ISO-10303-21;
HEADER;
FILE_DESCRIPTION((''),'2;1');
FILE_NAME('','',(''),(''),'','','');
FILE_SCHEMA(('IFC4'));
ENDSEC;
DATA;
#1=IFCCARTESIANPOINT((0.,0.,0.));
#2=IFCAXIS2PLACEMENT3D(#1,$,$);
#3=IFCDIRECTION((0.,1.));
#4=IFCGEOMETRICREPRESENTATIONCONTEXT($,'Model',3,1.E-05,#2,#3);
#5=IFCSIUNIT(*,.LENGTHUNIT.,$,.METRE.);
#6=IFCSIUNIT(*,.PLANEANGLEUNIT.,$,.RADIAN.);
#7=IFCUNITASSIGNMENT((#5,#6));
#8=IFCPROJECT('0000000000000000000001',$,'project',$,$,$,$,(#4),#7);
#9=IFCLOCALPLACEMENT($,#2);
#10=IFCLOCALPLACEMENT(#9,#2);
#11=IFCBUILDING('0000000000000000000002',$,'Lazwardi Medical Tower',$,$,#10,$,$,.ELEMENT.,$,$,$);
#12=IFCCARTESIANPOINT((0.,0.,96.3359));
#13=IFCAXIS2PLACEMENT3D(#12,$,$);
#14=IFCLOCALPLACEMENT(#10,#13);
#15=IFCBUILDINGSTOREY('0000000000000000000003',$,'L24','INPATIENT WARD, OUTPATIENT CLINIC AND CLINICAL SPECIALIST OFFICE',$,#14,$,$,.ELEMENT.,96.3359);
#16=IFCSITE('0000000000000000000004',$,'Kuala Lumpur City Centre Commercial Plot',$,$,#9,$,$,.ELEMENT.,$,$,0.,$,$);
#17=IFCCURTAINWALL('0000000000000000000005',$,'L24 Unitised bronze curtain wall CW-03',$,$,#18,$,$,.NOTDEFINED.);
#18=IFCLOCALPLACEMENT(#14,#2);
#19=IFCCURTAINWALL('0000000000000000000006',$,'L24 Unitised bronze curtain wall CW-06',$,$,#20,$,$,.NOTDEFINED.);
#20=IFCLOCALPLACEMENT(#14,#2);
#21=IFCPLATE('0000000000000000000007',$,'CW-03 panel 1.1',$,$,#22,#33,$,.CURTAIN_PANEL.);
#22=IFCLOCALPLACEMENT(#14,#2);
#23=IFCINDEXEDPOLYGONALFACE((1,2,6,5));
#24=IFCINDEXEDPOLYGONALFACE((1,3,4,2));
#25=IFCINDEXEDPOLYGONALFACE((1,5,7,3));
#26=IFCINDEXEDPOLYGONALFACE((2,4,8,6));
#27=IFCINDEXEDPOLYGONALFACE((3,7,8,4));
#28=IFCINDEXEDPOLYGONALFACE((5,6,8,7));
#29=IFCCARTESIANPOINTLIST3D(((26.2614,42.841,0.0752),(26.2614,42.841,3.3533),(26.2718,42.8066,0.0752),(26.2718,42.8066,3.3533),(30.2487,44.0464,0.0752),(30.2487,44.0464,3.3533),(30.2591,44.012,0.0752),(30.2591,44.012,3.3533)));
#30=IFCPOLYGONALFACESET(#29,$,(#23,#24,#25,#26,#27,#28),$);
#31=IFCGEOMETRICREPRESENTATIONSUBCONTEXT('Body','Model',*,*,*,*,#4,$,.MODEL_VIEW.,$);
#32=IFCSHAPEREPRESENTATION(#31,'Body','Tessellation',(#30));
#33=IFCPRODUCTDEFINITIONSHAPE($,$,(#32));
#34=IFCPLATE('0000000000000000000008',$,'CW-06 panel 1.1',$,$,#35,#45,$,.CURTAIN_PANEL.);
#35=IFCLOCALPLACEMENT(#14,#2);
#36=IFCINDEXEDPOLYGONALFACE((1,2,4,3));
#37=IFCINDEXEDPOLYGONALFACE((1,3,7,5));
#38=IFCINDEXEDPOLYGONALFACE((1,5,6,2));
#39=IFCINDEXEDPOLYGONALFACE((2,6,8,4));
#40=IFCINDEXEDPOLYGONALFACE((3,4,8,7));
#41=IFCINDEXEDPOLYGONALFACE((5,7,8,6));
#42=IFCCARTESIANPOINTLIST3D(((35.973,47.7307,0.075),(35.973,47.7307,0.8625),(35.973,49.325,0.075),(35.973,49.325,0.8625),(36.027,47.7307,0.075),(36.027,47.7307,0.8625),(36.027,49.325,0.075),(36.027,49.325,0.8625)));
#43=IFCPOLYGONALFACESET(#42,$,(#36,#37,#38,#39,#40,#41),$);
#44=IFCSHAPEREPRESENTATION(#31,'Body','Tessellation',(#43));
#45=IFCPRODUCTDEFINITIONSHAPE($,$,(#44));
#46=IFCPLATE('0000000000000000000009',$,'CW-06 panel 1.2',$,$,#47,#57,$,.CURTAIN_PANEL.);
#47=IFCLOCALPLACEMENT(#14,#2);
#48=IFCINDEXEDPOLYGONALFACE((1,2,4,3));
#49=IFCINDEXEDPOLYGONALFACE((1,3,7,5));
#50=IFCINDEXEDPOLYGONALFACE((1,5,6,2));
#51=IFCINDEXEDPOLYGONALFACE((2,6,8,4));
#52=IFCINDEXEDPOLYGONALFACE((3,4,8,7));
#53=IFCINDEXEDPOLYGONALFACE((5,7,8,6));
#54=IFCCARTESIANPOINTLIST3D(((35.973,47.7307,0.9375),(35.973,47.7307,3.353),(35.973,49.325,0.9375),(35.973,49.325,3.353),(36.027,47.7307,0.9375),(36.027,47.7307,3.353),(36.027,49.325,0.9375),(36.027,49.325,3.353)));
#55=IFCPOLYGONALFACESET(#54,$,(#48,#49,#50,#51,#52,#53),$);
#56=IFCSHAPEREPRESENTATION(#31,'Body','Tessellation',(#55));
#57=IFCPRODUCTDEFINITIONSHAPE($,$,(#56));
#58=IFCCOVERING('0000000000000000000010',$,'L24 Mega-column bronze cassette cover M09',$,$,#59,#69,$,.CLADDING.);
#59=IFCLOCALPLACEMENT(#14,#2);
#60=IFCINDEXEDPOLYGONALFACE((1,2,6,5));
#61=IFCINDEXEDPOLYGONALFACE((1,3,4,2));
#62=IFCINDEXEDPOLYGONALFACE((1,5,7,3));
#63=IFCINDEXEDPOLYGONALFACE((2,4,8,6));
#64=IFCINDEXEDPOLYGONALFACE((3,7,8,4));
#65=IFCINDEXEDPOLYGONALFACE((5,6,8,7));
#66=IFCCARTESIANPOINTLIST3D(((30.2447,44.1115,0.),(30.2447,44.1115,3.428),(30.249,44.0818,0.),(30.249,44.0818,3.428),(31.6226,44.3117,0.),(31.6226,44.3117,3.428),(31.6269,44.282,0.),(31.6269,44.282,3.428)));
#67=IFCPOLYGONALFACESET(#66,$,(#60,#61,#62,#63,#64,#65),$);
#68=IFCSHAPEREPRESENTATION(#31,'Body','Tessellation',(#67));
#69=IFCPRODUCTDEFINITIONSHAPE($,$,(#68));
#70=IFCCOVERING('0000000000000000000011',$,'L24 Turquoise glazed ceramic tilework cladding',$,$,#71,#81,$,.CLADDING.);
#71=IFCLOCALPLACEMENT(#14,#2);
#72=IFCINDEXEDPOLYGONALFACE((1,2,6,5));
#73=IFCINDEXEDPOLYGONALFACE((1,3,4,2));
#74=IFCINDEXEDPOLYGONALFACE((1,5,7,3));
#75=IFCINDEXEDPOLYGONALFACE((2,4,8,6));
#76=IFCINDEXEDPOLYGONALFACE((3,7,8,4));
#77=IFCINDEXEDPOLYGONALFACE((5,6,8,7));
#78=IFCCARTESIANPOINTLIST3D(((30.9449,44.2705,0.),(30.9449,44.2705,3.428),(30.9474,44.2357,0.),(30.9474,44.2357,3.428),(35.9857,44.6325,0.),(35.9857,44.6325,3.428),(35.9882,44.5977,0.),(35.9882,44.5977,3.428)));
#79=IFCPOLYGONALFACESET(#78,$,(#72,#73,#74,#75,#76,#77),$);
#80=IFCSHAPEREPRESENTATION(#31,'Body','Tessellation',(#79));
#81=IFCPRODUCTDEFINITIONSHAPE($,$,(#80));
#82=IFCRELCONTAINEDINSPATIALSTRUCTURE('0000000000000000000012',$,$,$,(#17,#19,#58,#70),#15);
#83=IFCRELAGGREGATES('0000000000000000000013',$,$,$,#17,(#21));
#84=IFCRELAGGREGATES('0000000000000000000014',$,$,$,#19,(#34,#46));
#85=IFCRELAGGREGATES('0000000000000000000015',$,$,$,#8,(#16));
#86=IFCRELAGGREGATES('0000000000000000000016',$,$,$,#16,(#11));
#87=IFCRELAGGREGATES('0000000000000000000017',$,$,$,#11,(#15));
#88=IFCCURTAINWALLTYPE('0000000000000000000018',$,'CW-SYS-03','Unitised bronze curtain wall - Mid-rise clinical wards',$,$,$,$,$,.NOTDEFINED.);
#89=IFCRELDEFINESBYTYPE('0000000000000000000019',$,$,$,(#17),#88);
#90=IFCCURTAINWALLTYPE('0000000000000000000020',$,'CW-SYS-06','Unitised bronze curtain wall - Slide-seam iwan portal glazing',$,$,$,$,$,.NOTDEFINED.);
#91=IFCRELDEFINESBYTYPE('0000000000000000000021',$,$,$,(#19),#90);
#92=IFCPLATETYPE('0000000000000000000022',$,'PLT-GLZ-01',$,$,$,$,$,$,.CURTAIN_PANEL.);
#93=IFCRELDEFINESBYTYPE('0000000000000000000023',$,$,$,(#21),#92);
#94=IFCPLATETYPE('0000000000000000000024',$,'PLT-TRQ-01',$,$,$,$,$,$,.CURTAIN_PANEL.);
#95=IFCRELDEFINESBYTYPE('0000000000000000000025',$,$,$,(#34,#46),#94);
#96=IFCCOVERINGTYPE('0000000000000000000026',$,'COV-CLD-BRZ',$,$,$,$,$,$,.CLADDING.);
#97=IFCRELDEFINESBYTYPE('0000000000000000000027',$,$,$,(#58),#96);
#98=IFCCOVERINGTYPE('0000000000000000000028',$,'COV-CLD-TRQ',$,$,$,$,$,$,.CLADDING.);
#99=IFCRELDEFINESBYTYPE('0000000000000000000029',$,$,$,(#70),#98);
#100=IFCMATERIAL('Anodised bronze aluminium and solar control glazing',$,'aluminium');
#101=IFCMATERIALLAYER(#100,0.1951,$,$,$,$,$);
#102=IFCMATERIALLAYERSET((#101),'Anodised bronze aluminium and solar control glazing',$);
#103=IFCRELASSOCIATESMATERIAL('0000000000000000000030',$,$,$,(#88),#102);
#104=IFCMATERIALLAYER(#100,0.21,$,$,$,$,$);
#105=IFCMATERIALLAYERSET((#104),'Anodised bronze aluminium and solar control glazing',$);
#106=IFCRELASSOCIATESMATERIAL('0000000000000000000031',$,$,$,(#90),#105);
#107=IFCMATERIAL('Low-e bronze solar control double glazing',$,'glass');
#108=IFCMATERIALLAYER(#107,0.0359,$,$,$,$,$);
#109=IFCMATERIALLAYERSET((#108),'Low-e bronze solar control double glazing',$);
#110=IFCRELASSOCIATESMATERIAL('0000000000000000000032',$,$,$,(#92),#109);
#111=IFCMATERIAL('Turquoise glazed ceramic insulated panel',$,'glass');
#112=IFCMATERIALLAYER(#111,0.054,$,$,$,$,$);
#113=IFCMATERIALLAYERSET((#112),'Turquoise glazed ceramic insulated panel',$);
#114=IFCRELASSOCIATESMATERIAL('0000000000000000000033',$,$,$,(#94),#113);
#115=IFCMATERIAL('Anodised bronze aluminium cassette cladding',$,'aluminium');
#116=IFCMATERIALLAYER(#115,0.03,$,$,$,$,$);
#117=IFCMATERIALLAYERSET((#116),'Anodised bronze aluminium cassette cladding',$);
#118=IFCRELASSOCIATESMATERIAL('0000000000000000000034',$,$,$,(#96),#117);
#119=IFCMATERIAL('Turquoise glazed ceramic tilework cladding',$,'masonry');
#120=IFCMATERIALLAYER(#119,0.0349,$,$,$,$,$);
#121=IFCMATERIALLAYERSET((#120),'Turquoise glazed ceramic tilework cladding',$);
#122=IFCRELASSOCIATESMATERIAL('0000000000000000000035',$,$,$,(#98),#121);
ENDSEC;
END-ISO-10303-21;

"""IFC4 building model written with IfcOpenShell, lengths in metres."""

from ifc_helpers import new_model, si_unit, direction, frame, origin, origin_2d, place, context, subcontext, project, spatial, rectangle, extrude, material, layer, layer_set, type_object, element, aggregate, save


model = new_model("IFC4")

# Units and contexts
model_context = context("Model", 3, precision=1e-05, world=origin(), true_north=direction((0.0, 1.0)))
body_context = subcontext(model_context, "Body", "Model", "MODEL_VIEW")
ifc_project = project(units=[si_unit("LENGTHUNIT", "METRE"), si_unit("PLANEANGLEUNIT", "RADIAN")], contexts=[model_context])

# Site, building, storey
site_placement = place(None, origin())
site = spatial("IfcSite", under=ifc_project, at=site_placement, Name="Kuala Lumpur City Centre Commercial Plot", CompositionType="ELEMENT", RefElevation=0.0)
building_placement = place(site_placement, origin())
building = spatial("IfcBuilding", under=site, at=building_placement, Name="Lazwardi Medical Tower", CompositionType="ELEMENT")
storey_placement = place(building_placement, frame((0.0, 0.0, 96.3359)))
storey = spatial("IfcBuildingStorey", under=building, at=storey_placement, Name="L24", Description="INPATIENT WARD, OUTPATIENT CLINIC AND CLINICAL SPECIALIST OFFICE", CompositionType="ELEMENT", Elevation=96.3359)

# Curtain walls
ifc_material_1 = material(Name="Anodised bronze aluminium and solar control glazing", Category="aluminium")
ifc_layer_1 = layer(ifc_material_1, 0.1951)
ifc_layer_set_1 = layer_set([ifc_layer_1], Name="Anodised bronze aluminium and solar control glazing")
curtain_wall_type_1 = type_object("IfcCurtainWallType", Name="CW-SYS-03", Description="Unitised bronze curtain wall - Mid-rise clinical wards", PredefinedType="NOTDEFINED", material=ifc_layer_set_1)
curtain_wall_1_placement = place(storey_placement, origin())
curtain_wall_1 = element("IfcCurtainWall", 1, at=curtain_wall_1_placement, inside=storey, type_object=curtain_wall_type_1, Name="L24 Unitised bronze curtain wall CW-03", PredefinedType="NOTDEFINED")
ifc_layer_2 = layer(ifc_material_1, 0.21)
ifc_layer_set_2 = layer_set([ifc_layer_2], Name="Anodised bronze aluminium and solar control glazing")
curtain_wall_type_2 = type_object("IfcCurtainWallType", Name="CW-SYS-06", Description="Unitised bronze curtain wall - Slide-seam iwan portal glazing", PredefinedType="NOTDEFINED", material=ifc_layer_set_2)
curtain_wall_2_placement = place(storey_placement, origin())
curtain_wall_2 = element("IfcCurtainWall", 2, at=curtain_wall_2_placement, inside=storey, type_object=curtain_wall_type_2, Name="L24 Unitised bronze curtain wall CW-06", PredefinedType="NOTDEFINED")

# Plates
ifc_material_2 = material(Name="Low-e bronze solar control double glazing", Category="glass")
ifc_layer_3 = layer(ifc_material_2, 0.0359)
ifc_layer_set_3 = layer_set([ifc_layer_3], Name="Low-e bronze solar control double glazing")
plate_type_1 = type_object("IfcPlateType", Name="PLT-GLZ-01", PredefinedType="CURTAIN_PANEL", material=ifc_layer_set_3)
plate_1_placement = place(storey_placement, frame((28.2603, 43.4265, 0.0752), z_axis=(0.0, 0.0, 1.0), x_axis=(-0.957216, -0.289374, 0.0)))
plate_1 = element("IfcPlate", 3, at=plate_1_placement, type_object=plate_type_1, Name="CW-03 panel 1.1", PredefinedType="CURTAIN_PANEL", context=body_context, shape_type="SweptSolid", body=[
    extrude(rectangle(XDim=4.1655, YDim=0.0359, at=origin_2d()), origin(), (0.0, 0.0, 1.0), 3.2781),
])
aggregate(curtain_wall_1, [plate_1])
ifc_material_3 = material(Name="Turquoise glazed ceramic insulated panel", Category="glass")
ifc_layer_4 = layer(ifc_material_3, 0.054)
ifc_layer_set_4 = layer_set([ifc_layer_4], Name="Turquoise glazed ceramic insulated panel")
plate_type_2 = type_object("IfcPlateType", Name="PLT-TRQ-01", PredefinedType="CURTAIN_PANEL", material=ifc_layer_set_4)
plate_2_placement = place(storey_placement, frame((36.0, 48.5278, 0.075), z_axis=(0.0, 0.0, 1.0), x_axis=(0.0, -1.0, 0.0)))
plate_2 = element("IfcPlate", 4, at=plate_2_placement, type_object=plate_type_2, Name="CW-06 panel 1.1", PredefinedType="CURTAIN_PANEL", context=body_context, shape_type="SweptSolid", body=[
    extrude(rectangle(XDim=1.5942, YDim=0.054, at=origin_2d()), origin(), (0.0, 0.0, 1.0), 0.7876),
])
plate_3_placement = place(storey_placement, frame((36.0, 48.5278, 0.9375), z_axis=(0.0, 0.0, 1.0), x_axis=(0.0, -1.0, 0.0)))
plate_3 = element("IfcPlate", 5, at=plate_3_placement, type_object=plate_type_2, Name="CW-06 panel 1.2", PredefinedType="CURTAIN_PANEL", context=body_context, shape_type="SweptSolid", body=[
    extrude(rectangle(XDim=1.5942, YDim=0.054, at=origin_2d()), origin(), (0.0, 0.0, 1.0), 2.4155),
])
aggregate(curtain_wall_2, [plate_2, plate_3])

# Coverings
ifc_material_4 = material(Name="Anodised bronze aluminium cassette cladding", Category="aluminium")
ifc_layer_5 = layer(ifc_material_4, 0.03)
ifc_layer_set_5 = layer_set([ifc_layer_5], Name="Anodised bronze aluminium cassette cladding")
covering_type_1 = type_object("IfcCoveringType", Name="COV-CLD-BRZ", PredefinedType="CLADDING", material=ifc_layer_set_5)
covering_1_placement = place(storey_placement, frame((30.9358, 44.1968, 0.0), z_axis=(0.0, 0.0, 1.0), x_axis=(-0.989609, -0.143785, 0.0)))
element("IfcCovering", 6, at=covering_1_placement, inside=storey, type_object=covering_type_1, Name="L24 Mega-column bronze cassette cover M09", PredefinedType="CLADDING", context=body_context, shape_type="SweptSolid", body=[
    extrude(rectangle(XDim=1.3923, YDim=0.03, at=origin_2d()), origin(), (0.0, 0.0, 1.0), 3.428),
])
ifc_material_5 = material(Name="Turquoise glazed ceramic tilework cladding", Category="masonry")
ifc_layer_6 = layer(ifc_material_5, 0.0349)
ifc_layer_set_6 = layer_set([ifc_layer_6], Name="Turquoise glazed ceramic tilework cladding")
covering_type_2 = type_object("IfcCoveringType", Name="COV-CLD-TRQ", PredefinedType="CLADDING", material=ifc_layer_set_6)
covering_2_placement = place(storey_placement, frame((33.4666, 44.4341, 0.0), z_axis=(0.0, 0.0, 1.0), x_axis=(-0.997431, -0.071631, 0.0)))
element("IfcCovering", 7, at=covering_2_placement, inside=storey, type_object=covering_type_2, Name="L24 Turquoise glazed ceramic tilework cladding", PredefinedType="CLADDING", context=body_context, shape_type="SweptSolid", body=[
    extrude(rectangle(XDim=5.0537, YDim=0.0349, at=origin_2d()), origin(), (0.0, 0.0, 1.0), 3.428),
])

save(model, "model.ifc")
